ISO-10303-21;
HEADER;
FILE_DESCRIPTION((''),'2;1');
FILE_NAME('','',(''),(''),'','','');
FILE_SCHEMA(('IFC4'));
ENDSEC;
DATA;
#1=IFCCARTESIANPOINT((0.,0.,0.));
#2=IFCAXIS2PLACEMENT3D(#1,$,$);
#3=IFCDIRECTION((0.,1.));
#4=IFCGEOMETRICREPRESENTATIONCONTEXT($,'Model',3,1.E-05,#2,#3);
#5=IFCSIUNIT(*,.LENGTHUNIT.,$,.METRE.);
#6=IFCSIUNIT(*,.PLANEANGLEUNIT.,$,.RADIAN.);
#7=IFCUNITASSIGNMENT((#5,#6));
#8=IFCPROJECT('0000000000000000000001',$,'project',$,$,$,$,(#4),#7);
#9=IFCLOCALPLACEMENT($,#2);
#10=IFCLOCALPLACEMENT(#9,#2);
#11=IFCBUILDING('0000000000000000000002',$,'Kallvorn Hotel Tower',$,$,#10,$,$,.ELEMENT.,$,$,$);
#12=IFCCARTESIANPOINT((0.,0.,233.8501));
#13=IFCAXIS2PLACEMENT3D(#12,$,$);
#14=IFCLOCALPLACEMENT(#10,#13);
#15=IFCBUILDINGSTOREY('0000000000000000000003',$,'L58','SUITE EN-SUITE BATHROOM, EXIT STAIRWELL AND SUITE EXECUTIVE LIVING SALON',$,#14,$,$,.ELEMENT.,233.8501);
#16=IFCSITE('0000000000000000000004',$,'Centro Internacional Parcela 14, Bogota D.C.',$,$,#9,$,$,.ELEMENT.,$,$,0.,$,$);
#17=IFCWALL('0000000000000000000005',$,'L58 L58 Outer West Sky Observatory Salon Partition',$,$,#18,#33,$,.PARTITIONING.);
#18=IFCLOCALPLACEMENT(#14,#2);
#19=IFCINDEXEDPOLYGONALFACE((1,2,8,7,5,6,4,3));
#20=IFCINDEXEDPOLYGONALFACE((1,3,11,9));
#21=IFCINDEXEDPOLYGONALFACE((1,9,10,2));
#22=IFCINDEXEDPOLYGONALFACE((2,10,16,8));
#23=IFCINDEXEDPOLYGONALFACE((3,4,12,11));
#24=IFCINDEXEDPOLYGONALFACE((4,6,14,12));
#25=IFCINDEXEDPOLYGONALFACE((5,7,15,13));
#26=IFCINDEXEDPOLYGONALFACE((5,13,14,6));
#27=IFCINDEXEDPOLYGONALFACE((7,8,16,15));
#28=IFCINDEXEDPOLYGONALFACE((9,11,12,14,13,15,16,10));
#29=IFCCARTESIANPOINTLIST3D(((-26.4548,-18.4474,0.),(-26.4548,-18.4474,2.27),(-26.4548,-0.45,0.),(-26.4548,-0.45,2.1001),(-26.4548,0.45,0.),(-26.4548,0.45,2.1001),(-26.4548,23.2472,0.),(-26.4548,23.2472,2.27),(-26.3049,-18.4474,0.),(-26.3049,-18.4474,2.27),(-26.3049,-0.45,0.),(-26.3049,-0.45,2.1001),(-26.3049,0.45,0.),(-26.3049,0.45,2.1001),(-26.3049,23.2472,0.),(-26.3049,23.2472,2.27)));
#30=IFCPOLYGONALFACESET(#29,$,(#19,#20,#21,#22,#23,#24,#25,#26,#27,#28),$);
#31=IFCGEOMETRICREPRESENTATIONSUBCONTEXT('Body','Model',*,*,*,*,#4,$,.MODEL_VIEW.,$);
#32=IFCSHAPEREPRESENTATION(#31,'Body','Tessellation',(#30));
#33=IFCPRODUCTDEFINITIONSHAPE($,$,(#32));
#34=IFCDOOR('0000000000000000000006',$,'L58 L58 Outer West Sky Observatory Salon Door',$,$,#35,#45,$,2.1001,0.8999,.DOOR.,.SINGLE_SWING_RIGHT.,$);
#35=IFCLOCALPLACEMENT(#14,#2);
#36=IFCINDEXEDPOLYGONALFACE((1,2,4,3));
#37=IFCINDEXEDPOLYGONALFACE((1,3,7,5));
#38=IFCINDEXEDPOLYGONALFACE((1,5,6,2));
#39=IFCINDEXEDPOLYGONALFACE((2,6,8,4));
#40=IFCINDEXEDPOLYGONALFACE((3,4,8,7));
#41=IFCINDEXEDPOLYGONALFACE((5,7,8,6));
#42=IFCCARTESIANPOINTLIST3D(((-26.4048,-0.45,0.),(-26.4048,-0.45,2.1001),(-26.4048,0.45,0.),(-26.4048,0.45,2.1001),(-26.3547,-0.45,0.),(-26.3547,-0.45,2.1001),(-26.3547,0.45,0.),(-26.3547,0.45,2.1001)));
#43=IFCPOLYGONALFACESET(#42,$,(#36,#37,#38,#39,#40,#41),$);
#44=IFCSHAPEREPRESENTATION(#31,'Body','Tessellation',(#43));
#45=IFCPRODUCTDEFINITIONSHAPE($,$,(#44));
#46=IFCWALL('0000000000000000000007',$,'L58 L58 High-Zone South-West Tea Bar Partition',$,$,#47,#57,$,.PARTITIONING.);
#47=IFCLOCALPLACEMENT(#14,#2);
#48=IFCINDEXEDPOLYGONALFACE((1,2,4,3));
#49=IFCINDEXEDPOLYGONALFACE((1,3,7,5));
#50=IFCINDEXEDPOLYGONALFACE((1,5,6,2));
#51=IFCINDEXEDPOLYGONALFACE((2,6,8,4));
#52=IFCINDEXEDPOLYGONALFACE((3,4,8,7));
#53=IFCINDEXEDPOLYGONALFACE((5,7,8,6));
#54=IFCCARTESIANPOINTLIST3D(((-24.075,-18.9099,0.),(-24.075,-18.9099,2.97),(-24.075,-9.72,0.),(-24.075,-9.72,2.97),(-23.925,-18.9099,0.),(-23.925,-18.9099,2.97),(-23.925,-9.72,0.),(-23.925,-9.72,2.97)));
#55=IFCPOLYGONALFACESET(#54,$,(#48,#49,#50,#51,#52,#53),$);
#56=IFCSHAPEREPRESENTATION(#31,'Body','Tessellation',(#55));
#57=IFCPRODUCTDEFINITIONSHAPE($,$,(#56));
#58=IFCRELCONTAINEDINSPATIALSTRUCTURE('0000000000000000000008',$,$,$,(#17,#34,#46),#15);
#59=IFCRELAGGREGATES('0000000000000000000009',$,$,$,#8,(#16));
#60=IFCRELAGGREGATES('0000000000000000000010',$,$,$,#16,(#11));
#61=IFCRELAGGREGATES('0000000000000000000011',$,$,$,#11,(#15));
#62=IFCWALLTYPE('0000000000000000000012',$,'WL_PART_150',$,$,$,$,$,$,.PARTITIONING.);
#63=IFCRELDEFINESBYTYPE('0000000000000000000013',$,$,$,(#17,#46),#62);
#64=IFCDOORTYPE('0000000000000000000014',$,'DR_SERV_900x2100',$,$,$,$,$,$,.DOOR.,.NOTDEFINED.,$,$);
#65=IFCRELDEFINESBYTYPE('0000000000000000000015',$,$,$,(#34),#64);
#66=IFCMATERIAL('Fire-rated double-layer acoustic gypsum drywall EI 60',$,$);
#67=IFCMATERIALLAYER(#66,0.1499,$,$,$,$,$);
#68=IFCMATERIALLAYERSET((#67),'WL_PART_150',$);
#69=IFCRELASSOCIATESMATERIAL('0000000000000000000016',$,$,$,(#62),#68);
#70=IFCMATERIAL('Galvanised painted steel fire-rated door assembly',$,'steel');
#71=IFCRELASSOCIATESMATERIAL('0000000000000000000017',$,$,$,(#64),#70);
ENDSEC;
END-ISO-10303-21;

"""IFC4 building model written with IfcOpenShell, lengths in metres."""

from ifc_helpers import new_model, si_unit, direction, frame, frame_2d, origin, place, context, subcontext, project, spatial, rectangle, extrude, material, layer, layer_set, type_object, element, fill, save


model = new_model("IFC4")

# Units and contexts
model_context = context("Model", 3, precision=1e-05, world=origin(), true_north=direction((0.0, 1.0)))
body_context = subcontext(model_context, "Body", "Model", "MODEL_VIEW")
ifc_project = project(units=[si_unit("LENGTHUNIT", "METRE"), si_unit("PLANEANGLEUNIT", "RADIAN")], contexts=[model_context])

# Site, building, storey
site_placement = place(None, origin())
site = spatial("IfcSite", under=ifc_project, at=site_placement, Name="Centro Internacional Parcela 14, Bogota D.C.", CompositionType="ELEMENT", RefElevation=0.0)
building_placement = place(site_placement, origin())
building = spatial("IfcBuilding", under=site, at=building_placement, Name="Kallvorn Hotel Tower", CompositionType="ELEMENT")
storey_placement = place(building_placement, frame((0.0, 0.0, 233.8501)))
storey = spatial("IfcBuildingStorey", under=building, at=storey_placement, Name="L58", Description="SUITE EN-SUITE BATHROOM, EXIT STAIRWELL AND SUITE EXECUTIVE LIVING SALON", CompositionType="ELEMENT", Elevation=233.8501)

# Wall, opening, door
ifc_material_1 = material(Name="Fire-rated double-layer acoustic gypsum drywall EI 60")
ifc_layer_1 = layer(ifc_material_1, 0.1499)
ifc_layer_set_1 = layer_set([ifc_layer_1], Name="WL_PART_150")
wall_type_1 = type_object("IfcWallType", Name="WL_PART_150", PredefinedType="PARTITIONING", material=ifc_layer_set_1)
wall_1_placement = place(storey_placement, frame((-26.3799, -18.4473, 0.0), z_axis=(0.0, 0.0, 1.0), x_axis=(0.0, 1.0, 0.0)))
wall_1 = element("IfcWall", 1, at=wall_1_placement, inside=storey, type_object=wall_type_1, Name="L58 L58 Outer West Sky Observatory Salon Partition", PredefinedType="PARTITIONING", context=body_context, shape_type="SweptSolid", body=[
    extrude(rectangle(XDim=41.6946, YDim=0.1499, at=frame_2d((20.8472, 0.0))), origin(), (0.0, 0.0, 1.0), 2.27),
])
opening_1_placement = place(wall_1_placement, frame((17.9973, 0.0, 0.0)))
opening_1 = element("IfcOpeningElement", 2, at=opening_1_placement, cuts=wall_1, PredefinedType="OPENING", context=body_context, shape_type="SweptSolid", body=[
    extrude(rectangle(XDim=0.8999, YDim=2.1001, at=frame_2d((0.45, 1.05))), frame((0.0, 0.0898, 0.0), z_axis=(0.0, -1.0, 0.0), x_axis=(1.0, 0.0, 0.0)), (0.0, 0.0, 1.0), 0.1799),
])
ifc_material_2 = material(Name="Galvanised painted steel fire-rated door assembly", Category="steel")
door_type_1 = type_object("IfcDoorType", Name="DR_SERV_900x2100", OperationType="NOTDEFINED", PredefinedType="DOOR", material=ifc_material_2)
door_1_placement = place(opening_1_placement, origin())
door_1 = element("IfcDoor", 3, at=door_1_placement, inside=storey, type_object=door_type_1, Name="L58 L58 Outer West Sky Observatory Salon Door", OperationType="SINGLE_SWING_RIGHT", OverallHeight=2.1001, OverallWidth=0.8999, PredefinedType="DOOR", context=body_context, shape_type="SweptSolid", body=[
    extrude(rectangle(XDim=0.8999, YDim=2.1001, at=frame_2d((0.45, 1.05))), frame((0.0, 0.0249, 0.0), z_axis=(0.0, -1.0, 0.0), x_axis=(1.0, 0.0, 0.0)), (0.0, 0.0, 1.0), 0.05),
])
fill(opening_1, door_1)

# Wall
wall_2_placement = place(storey_placement, frame((-24.0, -18.9099, 0.0), z_axis=(0.0, 0.0, 1.0), x_axis=(0.0, 1.0, 0.0)))
element("IfcWall", 4, at=wall_2_placement, inside=storey, type_object=wall_type_1, Name="L58 L58 High-Zone South-West Tea Bar Partition", PredefinedType="PARTITIONING", context=body_context, shape_type="SweptSolid", body=[
    extrude(rectangle(XDim=9.1899, YDim=0.1499, at=frame_2d((4.595, 0.0))), origin(), (0.0, 0.0, 1.0), 2.97),
])

save(model, "model.ifc")
